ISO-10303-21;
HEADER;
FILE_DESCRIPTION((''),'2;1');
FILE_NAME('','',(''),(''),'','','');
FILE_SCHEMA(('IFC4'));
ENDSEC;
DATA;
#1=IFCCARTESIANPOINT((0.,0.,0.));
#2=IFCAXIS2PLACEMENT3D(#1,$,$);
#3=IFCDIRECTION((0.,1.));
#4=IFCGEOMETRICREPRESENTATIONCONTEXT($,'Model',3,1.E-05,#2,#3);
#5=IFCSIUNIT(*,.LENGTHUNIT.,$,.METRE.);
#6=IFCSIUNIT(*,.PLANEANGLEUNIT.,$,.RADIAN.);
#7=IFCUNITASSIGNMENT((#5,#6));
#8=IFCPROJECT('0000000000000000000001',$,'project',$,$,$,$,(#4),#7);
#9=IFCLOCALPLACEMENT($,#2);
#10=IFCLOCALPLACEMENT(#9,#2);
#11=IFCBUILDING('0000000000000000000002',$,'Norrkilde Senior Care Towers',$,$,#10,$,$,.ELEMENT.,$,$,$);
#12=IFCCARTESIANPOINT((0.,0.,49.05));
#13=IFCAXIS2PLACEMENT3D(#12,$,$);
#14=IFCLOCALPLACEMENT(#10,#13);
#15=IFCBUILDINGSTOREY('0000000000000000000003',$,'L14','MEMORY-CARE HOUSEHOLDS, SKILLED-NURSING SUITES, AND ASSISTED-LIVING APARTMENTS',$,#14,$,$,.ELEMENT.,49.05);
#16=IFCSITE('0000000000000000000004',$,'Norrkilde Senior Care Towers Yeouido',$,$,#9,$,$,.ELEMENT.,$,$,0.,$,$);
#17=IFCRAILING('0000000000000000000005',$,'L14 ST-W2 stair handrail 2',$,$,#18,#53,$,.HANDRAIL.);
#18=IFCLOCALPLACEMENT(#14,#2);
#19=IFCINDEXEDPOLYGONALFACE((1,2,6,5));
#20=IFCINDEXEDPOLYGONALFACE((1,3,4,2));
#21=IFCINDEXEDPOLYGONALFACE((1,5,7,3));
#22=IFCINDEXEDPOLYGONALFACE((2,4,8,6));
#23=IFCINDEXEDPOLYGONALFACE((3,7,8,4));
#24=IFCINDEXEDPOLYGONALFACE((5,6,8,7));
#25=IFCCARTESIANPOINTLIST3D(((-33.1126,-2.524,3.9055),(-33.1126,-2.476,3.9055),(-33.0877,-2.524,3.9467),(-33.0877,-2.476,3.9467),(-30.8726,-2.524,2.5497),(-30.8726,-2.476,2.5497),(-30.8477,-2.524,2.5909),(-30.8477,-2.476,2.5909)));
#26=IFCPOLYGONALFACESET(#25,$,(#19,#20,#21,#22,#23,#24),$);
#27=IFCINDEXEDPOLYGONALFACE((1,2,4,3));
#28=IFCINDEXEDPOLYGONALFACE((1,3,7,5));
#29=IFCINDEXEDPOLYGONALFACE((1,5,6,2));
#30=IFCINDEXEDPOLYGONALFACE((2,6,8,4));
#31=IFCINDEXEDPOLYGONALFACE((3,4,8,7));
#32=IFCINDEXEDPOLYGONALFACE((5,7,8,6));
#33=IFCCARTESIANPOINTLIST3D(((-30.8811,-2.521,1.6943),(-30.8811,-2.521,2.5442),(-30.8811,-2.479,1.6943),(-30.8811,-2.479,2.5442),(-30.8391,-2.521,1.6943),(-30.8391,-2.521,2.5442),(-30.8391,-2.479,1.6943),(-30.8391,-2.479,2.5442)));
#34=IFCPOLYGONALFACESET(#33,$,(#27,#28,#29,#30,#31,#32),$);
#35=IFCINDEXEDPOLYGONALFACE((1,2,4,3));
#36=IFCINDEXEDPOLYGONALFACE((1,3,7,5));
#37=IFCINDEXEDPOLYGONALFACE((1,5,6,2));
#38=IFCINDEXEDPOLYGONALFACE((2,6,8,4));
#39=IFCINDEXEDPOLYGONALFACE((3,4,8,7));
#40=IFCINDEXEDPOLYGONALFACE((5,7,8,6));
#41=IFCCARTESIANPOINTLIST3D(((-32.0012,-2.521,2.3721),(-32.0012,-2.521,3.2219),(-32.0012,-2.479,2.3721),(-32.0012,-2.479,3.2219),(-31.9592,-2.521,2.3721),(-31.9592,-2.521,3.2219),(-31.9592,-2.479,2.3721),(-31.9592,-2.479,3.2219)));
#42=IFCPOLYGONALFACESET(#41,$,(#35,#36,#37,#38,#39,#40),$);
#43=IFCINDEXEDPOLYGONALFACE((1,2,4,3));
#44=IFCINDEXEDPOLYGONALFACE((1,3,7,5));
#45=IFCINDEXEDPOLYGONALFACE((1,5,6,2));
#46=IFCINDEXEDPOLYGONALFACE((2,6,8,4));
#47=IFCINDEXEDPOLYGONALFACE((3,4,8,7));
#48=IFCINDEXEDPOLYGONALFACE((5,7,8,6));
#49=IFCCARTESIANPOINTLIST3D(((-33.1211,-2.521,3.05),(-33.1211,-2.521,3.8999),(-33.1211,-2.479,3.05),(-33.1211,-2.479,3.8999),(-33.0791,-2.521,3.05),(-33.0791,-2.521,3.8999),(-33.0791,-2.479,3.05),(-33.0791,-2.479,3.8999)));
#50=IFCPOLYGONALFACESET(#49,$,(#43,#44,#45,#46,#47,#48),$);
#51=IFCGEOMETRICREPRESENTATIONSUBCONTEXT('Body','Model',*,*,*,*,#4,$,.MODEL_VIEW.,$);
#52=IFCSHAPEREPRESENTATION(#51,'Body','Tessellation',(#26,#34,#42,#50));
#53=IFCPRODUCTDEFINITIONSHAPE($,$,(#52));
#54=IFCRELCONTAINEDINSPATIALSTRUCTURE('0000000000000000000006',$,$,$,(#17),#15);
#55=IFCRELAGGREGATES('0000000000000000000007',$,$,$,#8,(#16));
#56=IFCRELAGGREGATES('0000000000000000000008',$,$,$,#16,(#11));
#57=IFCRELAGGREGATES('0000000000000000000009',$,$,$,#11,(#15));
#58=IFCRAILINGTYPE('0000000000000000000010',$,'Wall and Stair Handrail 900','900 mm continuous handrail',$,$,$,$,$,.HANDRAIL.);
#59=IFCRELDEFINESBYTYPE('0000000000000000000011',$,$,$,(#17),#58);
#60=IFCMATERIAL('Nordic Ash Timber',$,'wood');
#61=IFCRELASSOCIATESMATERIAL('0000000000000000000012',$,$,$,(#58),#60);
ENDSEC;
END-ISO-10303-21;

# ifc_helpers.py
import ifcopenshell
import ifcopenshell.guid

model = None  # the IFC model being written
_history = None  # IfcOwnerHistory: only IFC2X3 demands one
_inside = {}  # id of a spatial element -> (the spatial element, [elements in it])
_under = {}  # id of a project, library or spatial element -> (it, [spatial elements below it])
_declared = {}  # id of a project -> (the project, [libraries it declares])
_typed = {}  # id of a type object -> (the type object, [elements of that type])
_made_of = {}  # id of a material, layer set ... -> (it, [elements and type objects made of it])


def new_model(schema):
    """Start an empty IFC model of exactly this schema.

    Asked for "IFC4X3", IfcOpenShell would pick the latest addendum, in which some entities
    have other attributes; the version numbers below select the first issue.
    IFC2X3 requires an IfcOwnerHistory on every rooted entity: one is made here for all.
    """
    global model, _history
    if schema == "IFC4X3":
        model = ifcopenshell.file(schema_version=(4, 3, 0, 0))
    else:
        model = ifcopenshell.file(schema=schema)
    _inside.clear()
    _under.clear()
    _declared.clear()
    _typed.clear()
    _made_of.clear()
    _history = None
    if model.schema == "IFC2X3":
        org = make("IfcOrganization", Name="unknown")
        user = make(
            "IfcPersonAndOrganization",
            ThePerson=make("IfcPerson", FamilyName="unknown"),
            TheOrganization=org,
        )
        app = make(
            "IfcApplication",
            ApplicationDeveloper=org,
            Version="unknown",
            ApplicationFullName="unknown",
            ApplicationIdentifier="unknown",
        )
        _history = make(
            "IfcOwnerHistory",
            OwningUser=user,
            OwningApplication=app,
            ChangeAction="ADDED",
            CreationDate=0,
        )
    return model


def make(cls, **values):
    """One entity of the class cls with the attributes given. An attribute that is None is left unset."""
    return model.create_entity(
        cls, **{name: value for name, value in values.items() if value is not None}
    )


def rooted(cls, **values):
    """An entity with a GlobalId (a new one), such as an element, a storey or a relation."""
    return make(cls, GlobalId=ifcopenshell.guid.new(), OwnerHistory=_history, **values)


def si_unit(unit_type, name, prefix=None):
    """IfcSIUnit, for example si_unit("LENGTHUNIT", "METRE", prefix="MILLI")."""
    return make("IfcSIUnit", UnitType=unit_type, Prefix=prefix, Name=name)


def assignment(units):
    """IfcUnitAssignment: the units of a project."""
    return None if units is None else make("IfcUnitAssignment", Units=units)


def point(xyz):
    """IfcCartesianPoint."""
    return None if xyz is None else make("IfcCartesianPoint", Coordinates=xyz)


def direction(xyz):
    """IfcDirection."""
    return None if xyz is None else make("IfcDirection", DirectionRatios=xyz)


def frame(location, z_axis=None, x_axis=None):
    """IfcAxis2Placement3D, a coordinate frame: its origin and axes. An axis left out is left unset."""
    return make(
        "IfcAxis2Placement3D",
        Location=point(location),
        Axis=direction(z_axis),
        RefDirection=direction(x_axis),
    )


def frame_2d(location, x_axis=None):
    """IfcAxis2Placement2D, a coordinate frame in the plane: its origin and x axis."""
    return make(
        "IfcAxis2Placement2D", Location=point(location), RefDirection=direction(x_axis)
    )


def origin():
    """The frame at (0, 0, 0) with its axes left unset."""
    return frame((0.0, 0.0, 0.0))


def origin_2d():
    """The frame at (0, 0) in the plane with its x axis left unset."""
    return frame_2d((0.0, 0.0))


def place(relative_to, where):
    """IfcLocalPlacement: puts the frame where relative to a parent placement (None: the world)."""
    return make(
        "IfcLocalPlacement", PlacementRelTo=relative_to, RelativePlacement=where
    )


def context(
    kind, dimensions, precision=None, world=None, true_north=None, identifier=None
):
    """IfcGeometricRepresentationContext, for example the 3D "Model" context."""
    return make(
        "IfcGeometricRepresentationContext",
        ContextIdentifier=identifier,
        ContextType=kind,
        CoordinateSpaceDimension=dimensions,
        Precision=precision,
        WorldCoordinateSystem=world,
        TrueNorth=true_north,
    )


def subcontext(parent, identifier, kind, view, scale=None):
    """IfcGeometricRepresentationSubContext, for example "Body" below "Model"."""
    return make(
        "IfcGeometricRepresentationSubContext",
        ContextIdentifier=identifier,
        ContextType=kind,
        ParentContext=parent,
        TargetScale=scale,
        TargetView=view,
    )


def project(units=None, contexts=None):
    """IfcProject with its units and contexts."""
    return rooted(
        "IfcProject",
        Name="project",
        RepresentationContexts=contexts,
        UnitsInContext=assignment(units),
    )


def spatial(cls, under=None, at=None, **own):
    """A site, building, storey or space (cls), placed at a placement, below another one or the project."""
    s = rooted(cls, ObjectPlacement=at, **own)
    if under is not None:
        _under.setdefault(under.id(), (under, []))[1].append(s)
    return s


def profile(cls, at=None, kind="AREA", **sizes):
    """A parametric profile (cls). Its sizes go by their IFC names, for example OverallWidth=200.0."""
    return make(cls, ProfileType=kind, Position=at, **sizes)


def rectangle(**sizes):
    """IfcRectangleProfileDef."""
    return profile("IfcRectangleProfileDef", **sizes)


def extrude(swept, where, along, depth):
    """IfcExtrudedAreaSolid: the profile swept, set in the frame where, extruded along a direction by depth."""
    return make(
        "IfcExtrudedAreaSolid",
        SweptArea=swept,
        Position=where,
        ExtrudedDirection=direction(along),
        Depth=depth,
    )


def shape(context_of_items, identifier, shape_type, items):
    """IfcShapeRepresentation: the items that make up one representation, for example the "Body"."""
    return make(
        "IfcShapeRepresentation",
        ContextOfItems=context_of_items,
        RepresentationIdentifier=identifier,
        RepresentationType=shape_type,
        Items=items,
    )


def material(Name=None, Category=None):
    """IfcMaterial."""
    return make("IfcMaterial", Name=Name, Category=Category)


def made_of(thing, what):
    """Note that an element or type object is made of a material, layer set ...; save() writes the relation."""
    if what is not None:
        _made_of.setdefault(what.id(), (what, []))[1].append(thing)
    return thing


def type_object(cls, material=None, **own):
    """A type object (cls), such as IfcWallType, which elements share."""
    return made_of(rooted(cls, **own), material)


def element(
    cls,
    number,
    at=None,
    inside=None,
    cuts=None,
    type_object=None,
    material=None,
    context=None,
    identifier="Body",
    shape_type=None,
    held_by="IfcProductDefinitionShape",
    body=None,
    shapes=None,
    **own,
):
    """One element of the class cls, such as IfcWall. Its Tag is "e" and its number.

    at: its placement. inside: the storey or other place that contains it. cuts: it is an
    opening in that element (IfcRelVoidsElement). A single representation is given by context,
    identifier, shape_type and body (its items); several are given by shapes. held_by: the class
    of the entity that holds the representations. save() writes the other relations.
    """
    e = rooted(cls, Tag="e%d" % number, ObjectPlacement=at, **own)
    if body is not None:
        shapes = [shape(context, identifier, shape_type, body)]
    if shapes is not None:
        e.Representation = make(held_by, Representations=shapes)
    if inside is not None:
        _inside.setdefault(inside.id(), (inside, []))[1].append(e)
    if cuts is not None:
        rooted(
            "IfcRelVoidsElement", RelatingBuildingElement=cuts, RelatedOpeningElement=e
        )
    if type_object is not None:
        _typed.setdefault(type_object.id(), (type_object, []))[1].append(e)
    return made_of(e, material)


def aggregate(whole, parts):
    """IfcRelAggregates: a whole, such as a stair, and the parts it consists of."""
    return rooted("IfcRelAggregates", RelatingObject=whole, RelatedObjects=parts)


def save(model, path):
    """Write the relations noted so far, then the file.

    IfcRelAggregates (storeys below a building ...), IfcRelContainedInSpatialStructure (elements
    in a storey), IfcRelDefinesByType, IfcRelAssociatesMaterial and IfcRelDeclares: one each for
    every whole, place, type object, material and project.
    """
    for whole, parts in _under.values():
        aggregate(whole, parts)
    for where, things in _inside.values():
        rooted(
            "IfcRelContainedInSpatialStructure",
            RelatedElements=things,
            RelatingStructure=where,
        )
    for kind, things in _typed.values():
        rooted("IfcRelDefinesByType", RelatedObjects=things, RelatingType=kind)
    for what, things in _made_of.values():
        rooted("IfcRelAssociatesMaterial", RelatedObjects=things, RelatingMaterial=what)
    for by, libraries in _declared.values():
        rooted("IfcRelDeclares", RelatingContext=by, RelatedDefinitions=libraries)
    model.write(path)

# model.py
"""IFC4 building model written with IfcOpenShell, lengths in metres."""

from ifc_helpers import new_model, si_unit, direction, frame, origin, origin_2d, place, context, subcontext, project, spatial, rectangle, extrude, material, type_object, element, save


model = new_model("IFC4")

# Units and contexts
model_context = context("Model", 3, precision=1e-05, world=origin(), true_north=direction((0.0, 1.0)))
body_context = subcontext(model_context, "Body", "Model", "MODEL_VIEW")
ifc_project = project(units=[si_unit("LENGTHUNIT", "METRE"), si_unit("PLANEANGLEUNIT", "RADIAN")], contexts=[model_context])

# Site, building, storey
site_placement = place(None, origin())
site = spatial("IfcSite", under=ifc_project, at=site_placement, Name="Norrkilde Senior Care Towers Yeouido", CompositionType="ELEMENT", RefElevation=0.0)
building_placement = place(site_placement, origin())
building = spatial("IfcBuilding", under=site, at=building_placement, Name="Norrkilde Senior Care Towers", CompositionType="ELEMENT")
storey_placement = place(building_placement, frame((0.0, 0.0, 49.05)))
storey = spatial("IfcBuildingStorey", under=building, at=storey_placement, Name="L14", Description="MEMORY-CARE HOUSEHOLDS, SKILLED-NURSING SUITES, AND ASSISTED-LIVING APARTMENTS", CompositionType="ELEMENT", Elevation=49.05)

# Railing
ifc_material_1 = material(Name="Nordic Ash Timber", Category="wood")
railing_type_1 = type_object("IfcRailingType", Name="Wall and Stair Handrail 900", Description="900 mm continuous handrail", PredefinedType="HANDRAIL", material=ifc_material_1)
railing_1_placement = place(storey_placement, frame((-30.8601, -2.5, 1.6943)))
element("IfcRailing", 1, at=railing_1_placement, inside=storey, type_object=railing_type_1, Name="L14 ST-W2 stair handrail 2", PredefinedType="HANDRAIL", context=body_context, shape_type="SweptSolid", body=[
    extrude(rectangle(XDim=0.0481, YDim=0.0481, at=origin_2d()), frame((0.0, 0.0, 0.876), z_axis=(-0.855512, 0.0, 0.517783), x_axis=(0.0, -1.0, 0.0)), (0.0, 0.0, 1.0), 2.6184),
    extrude(rectangle(XDim=0.042, YDim=0.042, at=origin_2d()), origin(), (0.0, 0.0, 1.0), 0.8499),
    extrude(rectangle(XDim=0.042, YDim=0.042, at=origin_2d()), frame((-1.1201, 0.0, 0.6777)), (0.0, 0.0, 1.0), 0.8499),
    extrude(rectangle(XDim=0.042, YDim=0.042, at=origin_2d()), frame((-2.24, 0.0, 1.3557)), (0.0, 0.0, 1.0), 0.8499),
])

save(model, "model.ifc")
